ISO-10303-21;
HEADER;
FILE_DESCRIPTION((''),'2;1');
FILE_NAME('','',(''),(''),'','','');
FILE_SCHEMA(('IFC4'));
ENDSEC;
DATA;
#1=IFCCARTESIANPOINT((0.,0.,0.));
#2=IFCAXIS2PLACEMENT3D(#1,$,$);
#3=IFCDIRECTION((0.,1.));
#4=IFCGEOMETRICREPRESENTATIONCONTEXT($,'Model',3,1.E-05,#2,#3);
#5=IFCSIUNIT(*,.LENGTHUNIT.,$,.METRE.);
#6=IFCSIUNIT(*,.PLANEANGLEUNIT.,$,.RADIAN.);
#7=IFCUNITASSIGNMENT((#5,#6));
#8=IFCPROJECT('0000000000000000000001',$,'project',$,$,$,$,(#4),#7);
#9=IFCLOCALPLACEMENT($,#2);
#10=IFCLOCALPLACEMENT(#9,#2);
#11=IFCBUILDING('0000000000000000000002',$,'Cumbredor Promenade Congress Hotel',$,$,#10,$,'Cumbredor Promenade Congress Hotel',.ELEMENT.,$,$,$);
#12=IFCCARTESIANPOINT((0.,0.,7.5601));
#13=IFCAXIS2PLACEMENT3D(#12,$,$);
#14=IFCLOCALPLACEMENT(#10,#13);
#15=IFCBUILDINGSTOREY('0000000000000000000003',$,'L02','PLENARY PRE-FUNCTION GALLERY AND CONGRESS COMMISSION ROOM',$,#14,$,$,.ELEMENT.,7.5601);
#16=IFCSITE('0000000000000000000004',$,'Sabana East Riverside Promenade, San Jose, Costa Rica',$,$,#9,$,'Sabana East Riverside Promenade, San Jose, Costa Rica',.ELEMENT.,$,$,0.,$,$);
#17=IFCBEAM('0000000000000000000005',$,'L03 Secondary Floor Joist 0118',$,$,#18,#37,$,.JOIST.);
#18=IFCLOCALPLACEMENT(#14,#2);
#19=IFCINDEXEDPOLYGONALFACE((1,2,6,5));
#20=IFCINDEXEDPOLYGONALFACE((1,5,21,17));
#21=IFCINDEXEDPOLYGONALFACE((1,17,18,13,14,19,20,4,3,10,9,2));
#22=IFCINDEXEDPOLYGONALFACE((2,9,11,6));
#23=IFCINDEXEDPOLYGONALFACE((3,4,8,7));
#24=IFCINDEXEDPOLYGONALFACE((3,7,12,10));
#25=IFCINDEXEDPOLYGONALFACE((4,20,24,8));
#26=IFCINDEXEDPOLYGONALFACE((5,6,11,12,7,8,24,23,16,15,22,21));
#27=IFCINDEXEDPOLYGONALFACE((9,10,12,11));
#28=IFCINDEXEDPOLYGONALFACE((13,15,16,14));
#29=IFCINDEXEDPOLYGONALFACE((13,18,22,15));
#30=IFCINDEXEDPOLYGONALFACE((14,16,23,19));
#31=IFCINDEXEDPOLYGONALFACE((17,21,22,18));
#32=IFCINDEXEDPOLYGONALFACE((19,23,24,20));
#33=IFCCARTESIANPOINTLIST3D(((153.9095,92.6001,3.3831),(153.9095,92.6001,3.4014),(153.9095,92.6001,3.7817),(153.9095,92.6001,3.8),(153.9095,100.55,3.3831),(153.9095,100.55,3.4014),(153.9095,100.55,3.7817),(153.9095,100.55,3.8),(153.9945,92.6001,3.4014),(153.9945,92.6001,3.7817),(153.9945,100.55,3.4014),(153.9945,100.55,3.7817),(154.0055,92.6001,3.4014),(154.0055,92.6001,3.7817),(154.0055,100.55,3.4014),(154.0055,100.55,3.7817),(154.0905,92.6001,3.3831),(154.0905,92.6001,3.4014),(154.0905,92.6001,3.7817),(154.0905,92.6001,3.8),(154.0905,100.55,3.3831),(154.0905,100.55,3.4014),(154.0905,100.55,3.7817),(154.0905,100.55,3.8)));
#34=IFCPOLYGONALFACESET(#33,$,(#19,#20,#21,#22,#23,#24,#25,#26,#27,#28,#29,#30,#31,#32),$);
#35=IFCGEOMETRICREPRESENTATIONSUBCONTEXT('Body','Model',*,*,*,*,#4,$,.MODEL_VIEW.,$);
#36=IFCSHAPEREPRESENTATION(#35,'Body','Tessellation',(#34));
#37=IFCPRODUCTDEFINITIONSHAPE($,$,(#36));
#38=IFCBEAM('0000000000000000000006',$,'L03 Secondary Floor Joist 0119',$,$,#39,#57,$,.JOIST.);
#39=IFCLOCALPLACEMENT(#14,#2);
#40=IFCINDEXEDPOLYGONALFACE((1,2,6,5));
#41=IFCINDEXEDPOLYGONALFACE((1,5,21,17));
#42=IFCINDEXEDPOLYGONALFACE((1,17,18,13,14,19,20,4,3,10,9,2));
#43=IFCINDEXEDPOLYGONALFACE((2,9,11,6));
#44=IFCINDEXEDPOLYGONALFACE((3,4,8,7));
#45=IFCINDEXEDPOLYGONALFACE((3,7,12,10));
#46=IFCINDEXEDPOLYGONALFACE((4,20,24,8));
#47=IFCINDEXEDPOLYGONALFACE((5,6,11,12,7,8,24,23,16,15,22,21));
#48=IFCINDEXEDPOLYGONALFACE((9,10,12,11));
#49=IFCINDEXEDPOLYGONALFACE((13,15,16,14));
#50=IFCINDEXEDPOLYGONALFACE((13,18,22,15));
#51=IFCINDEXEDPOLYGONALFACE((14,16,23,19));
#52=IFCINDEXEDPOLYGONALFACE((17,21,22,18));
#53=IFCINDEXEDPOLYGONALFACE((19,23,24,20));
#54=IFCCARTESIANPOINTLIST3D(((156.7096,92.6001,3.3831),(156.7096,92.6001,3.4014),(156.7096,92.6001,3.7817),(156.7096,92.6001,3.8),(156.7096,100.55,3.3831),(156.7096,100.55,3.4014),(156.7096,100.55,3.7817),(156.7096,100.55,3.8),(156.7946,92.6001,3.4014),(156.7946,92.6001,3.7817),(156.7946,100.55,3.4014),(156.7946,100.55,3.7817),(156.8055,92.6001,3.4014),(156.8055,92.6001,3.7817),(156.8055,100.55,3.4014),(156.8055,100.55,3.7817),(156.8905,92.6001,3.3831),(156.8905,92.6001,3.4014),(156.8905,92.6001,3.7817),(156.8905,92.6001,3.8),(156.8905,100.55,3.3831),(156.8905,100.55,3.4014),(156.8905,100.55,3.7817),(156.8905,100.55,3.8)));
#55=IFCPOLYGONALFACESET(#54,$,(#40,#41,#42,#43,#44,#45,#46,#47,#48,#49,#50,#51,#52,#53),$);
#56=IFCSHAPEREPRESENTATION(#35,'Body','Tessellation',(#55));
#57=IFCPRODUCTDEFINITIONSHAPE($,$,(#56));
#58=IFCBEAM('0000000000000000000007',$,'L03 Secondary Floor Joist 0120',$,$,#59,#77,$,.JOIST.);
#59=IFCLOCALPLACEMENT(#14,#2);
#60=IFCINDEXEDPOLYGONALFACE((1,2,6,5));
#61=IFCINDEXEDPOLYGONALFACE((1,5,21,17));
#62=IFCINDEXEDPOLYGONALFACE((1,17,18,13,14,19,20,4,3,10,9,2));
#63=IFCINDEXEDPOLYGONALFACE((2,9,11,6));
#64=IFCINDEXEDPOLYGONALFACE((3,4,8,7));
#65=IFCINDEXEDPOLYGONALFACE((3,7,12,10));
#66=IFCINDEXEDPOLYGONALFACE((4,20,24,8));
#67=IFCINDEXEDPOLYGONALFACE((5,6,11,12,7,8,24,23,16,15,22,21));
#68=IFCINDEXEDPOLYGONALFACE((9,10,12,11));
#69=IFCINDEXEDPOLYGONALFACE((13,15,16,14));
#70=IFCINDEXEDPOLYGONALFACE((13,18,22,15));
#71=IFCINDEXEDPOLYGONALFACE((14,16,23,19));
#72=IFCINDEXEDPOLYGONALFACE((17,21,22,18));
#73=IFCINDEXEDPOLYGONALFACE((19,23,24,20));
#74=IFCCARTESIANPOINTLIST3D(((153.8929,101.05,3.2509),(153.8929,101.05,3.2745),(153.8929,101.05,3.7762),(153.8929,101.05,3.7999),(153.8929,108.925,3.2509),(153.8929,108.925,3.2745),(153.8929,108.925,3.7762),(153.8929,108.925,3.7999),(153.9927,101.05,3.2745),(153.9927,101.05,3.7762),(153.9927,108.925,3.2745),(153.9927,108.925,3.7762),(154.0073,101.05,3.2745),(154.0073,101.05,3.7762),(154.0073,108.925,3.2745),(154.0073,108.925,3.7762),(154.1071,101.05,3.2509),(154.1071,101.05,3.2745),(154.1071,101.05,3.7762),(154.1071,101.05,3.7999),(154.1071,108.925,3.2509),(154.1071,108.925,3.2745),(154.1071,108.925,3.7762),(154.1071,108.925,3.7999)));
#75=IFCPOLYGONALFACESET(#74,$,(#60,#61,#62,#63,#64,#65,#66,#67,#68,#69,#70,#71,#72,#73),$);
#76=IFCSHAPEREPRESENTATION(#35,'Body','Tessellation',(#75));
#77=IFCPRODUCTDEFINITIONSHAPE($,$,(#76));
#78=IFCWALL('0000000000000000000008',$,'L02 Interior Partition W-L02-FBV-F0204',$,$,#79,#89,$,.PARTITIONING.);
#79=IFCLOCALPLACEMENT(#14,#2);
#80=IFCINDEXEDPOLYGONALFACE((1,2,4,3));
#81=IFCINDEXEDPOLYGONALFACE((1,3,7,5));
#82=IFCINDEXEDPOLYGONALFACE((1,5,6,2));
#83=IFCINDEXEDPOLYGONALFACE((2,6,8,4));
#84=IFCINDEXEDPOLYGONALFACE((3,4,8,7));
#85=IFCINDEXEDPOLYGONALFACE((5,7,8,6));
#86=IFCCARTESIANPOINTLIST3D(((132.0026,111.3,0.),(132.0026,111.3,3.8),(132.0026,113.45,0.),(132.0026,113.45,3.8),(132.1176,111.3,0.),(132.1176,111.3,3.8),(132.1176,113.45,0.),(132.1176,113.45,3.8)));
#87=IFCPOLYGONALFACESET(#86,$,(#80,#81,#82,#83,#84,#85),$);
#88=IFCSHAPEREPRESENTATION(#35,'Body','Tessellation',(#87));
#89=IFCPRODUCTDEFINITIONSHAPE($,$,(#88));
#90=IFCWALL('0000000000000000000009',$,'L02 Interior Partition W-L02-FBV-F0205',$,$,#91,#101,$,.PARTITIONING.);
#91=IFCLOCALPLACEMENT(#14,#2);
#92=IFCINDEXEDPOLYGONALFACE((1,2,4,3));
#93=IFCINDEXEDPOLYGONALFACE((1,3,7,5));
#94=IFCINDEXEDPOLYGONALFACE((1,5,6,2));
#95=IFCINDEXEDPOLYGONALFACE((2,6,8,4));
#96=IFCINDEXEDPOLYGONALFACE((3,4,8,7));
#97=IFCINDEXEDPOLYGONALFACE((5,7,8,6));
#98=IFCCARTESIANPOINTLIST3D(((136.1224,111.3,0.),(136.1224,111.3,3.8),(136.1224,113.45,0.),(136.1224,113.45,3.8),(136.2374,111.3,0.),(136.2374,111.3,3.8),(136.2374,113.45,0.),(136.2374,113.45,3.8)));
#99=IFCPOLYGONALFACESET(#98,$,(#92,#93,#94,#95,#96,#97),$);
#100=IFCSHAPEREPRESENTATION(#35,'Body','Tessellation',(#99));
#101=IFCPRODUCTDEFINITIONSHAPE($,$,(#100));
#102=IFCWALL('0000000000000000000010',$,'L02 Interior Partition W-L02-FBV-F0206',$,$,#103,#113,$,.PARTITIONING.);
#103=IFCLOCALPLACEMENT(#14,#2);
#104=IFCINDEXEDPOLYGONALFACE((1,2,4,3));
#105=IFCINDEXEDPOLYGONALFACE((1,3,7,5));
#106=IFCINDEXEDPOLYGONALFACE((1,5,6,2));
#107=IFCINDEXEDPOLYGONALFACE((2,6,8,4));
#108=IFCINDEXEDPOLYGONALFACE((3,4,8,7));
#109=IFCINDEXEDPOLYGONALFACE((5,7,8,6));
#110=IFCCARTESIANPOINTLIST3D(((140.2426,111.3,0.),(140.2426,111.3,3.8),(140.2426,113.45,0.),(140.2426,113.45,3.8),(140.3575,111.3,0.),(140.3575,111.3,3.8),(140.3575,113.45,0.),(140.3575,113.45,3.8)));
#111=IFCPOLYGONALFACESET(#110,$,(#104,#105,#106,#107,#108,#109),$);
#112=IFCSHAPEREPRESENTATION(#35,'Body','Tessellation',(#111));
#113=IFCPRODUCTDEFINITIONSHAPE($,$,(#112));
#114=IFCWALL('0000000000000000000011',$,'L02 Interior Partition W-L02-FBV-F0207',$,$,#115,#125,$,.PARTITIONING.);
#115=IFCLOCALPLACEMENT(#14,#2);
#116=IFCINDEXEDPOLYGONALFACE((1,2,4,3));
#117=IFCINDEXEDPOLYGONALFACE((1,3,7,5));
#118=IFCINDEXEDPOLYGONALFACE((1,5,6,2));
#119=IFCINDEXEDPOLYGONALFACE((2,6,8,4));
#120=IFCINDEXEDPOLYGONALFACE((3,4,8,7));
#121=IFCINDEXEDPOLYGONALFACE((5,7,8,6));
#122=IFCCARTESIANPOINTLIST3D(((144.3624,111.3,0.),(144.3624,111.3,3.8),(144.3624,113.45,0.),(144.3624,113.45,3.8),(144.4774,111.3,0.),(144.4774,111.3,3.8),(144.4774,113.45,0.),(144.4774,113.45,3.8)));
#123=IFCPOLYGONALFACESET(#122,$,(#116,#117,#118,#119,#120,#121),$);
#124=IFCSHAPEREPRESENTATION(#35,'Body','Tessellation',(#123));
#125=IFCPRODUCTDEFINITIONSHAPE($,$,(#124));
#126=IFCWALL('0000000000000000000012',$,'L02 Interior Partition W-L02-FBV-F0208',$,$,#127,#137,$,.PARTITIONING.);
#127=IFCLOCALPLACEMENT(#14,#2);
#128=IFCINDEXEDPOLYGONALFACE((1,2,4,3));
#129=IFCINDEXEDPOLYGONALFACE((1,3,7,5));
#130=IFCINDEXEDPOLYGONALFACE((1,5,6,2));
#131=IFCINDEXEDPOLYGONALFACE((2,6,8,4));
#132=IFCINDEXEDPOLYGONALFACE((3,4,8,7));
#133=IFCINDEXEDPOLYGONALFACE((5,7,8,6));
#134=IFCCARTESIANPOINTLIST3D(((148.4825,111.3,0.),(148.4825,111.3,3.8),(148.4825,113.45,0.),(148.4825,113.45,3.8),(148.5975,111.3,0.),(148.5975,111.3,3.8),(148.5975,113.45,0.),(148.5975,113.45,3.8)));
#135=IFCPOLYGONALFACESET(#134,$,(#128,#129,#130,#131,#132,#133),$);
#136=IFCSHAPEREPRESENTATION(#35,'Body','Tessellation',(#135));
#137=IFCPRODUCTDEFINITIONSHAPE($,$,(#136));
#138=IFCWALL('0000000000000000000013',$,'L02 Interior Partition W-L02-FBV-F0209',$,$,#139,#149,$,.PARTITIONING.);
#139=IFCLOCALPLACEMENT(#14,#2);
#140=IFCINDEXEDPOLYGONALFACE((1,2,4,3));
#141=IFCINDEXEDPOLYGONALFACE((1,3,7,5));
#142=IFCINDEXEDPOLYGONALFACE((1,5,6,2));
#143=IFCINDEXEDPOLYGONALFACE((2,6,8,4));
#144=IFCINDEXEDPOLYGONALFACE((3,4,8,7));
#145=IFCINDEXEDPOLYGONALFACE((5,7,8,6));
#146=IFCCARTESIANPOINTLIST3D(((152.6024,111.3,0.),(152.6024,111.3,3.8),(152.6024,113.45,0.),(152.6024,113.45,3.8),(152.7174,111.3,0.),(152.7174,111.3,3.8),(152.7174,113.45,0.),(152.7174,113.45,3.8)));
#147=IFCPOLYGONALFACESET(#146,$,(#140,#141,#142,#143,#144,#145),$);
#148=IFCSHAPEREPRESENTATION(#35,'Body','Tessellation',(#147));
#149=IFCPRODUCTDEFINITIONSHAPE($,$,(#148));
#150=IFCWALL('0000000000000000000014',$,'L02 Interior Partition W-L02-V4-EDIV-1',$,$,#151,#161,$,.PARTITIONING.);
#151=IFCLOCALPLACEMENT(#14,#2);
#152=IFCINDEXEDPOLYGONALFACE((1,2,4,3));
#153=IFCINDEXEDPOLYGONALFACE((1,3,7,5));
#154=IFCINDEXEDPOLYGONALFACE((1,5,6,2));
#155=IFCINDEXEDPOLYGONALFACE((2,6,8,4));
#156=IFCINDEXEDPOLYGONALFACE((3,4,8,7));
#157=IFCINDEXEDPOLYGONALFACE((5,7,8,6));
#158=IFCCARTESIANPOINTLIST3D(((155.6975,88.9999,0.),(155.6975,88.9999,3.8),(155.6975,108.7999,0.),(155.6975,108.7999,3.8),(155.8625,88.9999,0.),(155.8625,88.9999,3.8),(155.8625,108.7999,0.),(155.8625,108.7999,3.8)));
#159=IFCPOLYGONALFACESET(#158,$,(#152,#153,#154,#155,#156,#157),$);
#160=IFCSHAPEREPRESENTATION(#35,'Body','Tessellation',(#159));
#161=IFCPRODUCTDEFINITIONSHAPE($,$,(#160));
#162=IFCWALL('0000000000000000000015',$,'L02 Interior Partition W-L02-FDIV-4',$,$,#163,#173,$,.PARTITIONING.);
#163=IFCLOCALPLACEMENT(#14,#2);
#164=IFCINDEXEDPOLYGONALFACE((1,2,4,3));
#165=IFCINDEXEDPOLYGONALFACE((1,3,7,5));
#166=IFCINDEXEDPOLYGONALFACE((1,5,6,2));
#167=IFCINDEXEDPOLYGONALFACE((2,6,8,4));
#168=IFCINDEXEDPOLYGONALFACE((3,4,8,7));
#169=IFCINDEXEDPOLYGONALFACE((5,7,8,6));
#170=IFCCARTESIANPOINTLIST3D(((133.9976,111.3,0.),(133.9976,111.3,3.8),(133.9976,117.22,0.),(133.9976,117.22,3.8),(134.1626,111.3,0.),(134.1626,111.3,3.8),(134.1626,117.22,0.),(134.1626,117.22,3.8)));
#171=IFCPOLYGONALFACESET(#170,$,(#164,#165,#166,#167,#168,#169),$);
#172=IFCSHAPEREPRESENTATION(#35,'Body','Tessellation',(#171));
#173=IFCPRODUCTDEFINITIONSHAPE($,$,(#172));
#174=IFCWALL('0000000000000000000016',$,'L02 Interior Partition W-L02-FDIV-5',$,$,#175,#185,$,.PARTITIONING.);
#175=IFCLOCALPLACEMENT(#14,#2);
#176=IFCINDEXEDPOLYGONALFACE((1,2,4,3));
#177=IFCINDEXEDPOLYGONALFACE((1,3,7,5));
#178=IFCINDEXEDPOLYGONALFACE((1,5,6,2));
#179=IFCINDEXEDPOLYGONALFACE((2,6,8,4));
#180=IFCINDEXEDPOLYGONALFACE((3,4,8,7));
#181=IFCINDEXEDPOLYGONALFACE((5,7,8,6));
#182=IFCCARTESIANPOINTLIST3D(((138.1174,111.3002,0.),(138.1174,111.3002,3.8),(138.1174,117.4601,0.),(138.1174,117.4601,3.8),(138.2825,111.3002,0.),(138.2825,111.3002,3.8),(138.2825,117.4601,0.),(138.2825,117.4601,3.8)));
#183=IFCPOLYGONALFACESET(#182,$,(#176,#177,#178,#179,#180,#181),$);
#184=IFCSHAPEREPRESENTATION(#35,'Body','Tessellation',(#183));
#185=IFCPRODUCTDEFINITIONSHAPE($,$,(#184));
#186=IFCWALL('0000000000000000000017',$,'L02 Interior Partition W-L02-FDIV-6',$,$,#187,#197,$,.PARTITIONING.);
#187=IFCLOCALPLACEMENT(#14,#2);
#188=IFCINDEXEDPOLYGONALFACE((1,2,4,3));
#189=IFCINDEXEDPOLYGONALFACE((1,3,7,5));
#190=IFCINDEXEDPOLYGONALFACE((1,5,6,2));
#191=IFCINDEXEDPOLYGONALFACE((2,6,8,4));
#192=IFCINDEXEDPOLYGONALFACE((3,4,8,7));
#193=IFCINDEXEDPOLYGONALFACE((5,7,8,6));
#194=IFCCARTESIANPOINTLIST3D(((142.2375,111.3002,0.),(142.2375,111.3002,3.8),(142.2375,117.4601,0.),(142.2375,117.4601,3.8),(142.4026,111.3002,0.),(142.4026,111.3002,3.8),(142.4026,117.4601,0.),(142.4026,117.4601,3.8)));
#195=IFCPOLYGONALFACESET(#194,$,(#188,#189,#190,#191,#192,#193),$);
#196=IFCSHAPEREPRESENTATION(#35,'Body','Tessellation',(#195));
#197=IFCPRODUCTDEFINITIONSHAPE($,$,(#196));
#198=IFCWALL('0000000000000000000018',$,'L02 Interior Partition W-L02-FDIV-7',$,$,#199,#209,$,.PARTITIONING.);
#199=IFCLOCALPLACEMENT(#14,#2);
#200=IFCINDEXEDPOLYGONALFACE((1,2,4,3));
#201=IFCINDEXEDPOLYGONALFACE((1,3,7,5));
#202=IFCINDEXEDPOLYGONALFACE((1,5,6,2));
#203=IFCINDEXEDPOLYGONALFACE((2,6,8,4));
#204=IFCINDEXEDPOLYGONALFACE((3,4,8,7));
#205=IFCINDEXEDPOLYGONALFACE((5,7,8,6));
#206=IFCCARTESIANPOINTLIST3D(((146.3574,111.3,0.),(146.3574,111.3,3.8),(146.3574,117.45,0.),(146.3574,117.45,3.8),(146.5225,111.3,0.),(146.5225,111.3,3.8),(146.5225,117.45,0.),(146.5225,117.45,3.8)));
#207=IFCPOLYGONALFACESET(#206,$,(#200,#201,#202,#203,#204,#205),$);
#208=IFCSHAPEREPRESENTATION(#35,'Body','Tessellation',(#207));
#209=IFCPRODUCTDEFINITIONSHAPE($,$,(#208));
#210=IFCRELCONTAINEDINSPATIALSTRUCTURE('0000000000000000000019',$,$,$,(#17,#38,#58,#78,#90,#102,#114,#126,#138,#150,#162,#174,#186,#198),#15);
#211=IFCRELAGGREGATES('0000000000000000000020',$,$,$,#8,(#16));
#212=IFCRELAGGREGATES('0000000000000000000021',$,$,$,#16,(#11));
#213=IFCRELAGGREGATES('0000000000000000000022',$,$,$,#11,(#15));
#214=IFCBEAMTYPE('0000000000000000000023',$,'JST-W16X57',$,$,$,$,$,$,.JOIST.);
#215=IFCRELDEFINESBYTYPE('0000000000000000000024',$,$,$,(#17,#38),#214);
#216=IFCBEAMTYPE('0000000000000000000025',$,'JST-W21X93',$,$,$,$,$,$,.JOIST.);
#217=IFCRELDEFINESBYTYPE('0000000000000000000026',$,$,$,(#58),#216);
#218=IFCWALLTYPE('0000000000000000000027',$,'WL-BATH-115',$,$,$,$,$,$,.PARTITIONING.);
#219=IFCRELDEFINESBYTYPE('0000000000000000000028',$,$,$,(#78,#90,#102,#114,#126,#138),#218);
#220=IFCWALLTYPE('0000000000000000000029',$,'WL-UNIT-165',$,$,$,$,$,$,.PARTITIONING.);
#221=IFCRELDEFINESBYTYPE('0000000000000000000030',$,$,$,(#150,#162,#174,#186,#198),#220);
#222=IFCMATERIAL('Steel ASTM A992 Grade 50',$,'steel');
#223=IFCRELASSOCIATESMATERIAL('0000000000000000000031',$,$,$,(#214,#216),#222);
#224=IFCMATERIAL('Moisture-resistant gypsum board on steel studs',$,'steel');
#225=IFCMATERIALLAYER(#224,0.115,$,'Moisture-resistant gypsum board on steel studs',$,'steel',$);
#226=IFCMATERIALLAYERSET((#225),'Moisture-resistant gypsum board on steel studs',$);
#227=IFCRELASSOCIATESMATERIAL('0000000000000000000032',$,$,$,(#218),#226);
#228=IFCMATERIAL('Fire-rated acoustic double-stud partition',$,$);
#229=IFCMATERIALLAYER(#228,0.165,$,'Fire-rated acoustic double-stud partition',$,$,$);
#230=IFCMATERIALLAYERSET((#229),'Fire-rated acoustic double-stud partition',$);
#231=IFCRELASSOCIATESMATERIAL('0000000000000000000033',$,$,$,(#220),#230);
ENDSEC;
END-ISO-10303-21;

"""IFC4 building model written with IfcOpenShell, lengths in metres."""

from ifc_helpers import new_model, si_unit, direction, frame, frame_2d, origin, origin_2d, place, context, subcontext, project, spatial, rectangle, i_section, extrude, material, layer, layer_set, material_profile, profile_set, type_object, element, save


model = new_model("IFC4")

# Units and contexts
model_context = context("Model", 3, precision=1e-05, world=origin(), true_north=direction((0.0, 1.0)))
body_context = subcontext(model_context, "Body", "Model", "MODEL_VIEW")
ifc_project = project(units=[si_unit("LENGTHUNIT", "METRE"), si_unit("PLANEANGLEUNIT", "RADIAN")], contexts=[model_context])

# Site, building, storey
site_placement = place(None, origin())
site = spatial("IfcSite", under=ifc_project, at=site_placement, Name="Sabana East Riverside Promenade, San Jose, Costa Rica", LongName="Sabana East Riverside Promenade, San Jose, Costa Rica", CompositionType="ELEMENT", RefElevation=0.0)
building_placement = place(site_placement, origin())
building = spatial("IfcBuilding", under=site, at=building_placement, Name="Cumbredor Promenade Congress Hotel", LongName="Cumbredor Promenade Congress Hotel", CompositionType="ELEMENT")
storey_placement = place(building_placement, frame((0.0, 0.0, 7.5601)))
storey = spatial("IfcBuildingStorey", under=building, at=storey_placement, Name="L02", Description="PLENARY PRE-FUNCTION GALLERY AND CONGRESS COMMISSION ROOM", CompositionType="ELEMENT", Elevation=7.5601)

# Beams
ifc_material_1 = material(Name="Steel ASTM A992 Grade 50", Category="steel")
ifc_material_profile_1 = material_profile(ifc_material_1, i_section(OverallWidth=0.1809, OverallDepth=0.417, WebThickness=0.011, FlangeThickness=0.0183, at=origin_2d()), Name="W16X57")
ifc_profile_set_1 = profile_set([ifc_material_profile_1], Name="Steel ASTM A992 Grade 50")
beam_type_1 = type_object("IfcBeamType", Name="JST-W16X57", PredefinedType="JOIST", material=ifc_profile_set_1)
for number, where, z_axis, x_axis, name in (
    (1, (154.0, 92.6001, 3.5916), (0.0, 1.0, 0.0), (-1.0, 0.0, 0.0), "L03 Secondary Floor Joist 0118"),
    (2, (156.8, 92.6001, 3.5916), (0.0, 1.0, 0.0), (-1.0, 0.0, 0.0), "L03 Secondary Floor Joist 0119"),
):
    element("IfcBeam", number, at=place(storey_placement, frame(where, z_axis=z_axis, x_axis=x_axis)), inside=storey, type_object=beam_type_1, Name=name, PredefinedType="JOIST", context=body_context, shape_type="SweptSolid", body=[
        extrude(i_section(OverallWidth=0.1809, OverallDepth=0.417, WebThickness=0.011, FlangeThickness=0.0183, at=origin_2d()), origin(), (0.0, 0.0, 1.0), 7.95),
    ])
ifc_material_profile_2 = material_profile(ifc_material_1, i_section(OverallWidth=0.2141, OverallDepth=0.5491, WebThickness=0.0146, FlangeThickness=0.0237, at=origin_2d()), Name="W21X93")
ifc_profile_set_2 = profile_set([ifc_material_profile_2], Name="Steel ASTM A992 Grade 50")
beam_type_2 = type_object("IfcBeamType", Name="JST-W21X93", PredefinedType="JOIST", material=ifc_profile_set_2)
beam_1_placement = place(storey_placement, frame((154.0, 101.05, 3.5254), z_axis=(0.0, 1.0, 0.0), x_axis=(-1.0, 0.0, 0.0)))
element("IfcBeam", 3, at=beam_1_placement, inside=storey, type_object=beam_type_2, Name="L03 Secondary Floor Joist 0120", PredefinedType="JOIST", context=body_context, shape_type="SweptSolid", body=[
    extrude(i_section(OverallWidth=0.2141, OverallDepth=0.5491, WebThickness=0.0146, FlangeThickness=0.0237, at=origin_2d()), origin(), (0.0, 0.0, 1.0), 7.875),
])

# Walls
ifc_material_2 = material(Name="Moisture-resistant gypsum board on steel studs", Category="steel")
ifc_layer_1 = layer(ifc_material_2, 0.115, Name="Moisture-resistant gypsum board on steel studs", Category="steel")
ifc_layer_set_1 = layer_set([ifc_layer_1], Name="Moisture-resistant gypsum board on steel studs")
wall_type_1 = type_object("IfcWallType", Name="WL-BATH-115", PredefinedType="PARTITIONING", material=ifc_layer_set_1)
for number, where, z_axis, x_axis, name in (
    (4, (132.0601, 111.3, 0.0), (0.0, 0.0, 1.0), (0.0, 1.0, 0.0), "L02 Interior Partition W-L02-FBV-F0204"),
    (5, (136.1799, 111.3, 0.0), (0.0, 0.0, 1.0), (0.0, 1.0, 0.0), "L02 Interior Partition W-L02-FBV-F0205"),
    (6, (140.3, 111.3, 0.0), (0.0, 0.0, 1.0), (0.0, 1.0, 0.0), "L02 Interior Partition W-L02-FBV-F0206"),
    (7, (144.4199, 111.3, 0.0), (0.0, 0.0, 1.0), (0.0, 1.0, 0.0), "L02 Interior Partition W-L02-FBV-F0207"),
    (8, (148.54, 111.3, 0.0), (0.0, 0.0, 1.0), (0.0, 1.0, 0.0), "L02 Interior Partition W-L02-FBV-F0208"),
    (9, (152.6599, 111.3, 0.0), (0.0, 0.0, 1.0), (0.0, 1.0, 0.0), "L02 Interior Partition W-L02-FBV-F0209"),
):
    element("IfcWall", number, at=place(storey_placement, frame(where, z_axis=z_axis, x_axis=x_axis)), inside=storey, type_object=wall_type_1, Name=name, PredefinedType="PARTITIONING", context=body_context, shape_type="SweptSolid", body=[
        extrude(rectangle(XDim=2.1499, YDim=0.115, at=frame_2d((1.075, 0.0))), origin(), (0.0, 0.0, 1.0), 3.8),
    ])
ifc_material_3 = material(Name="Fire-rated acoustic double-stud partition")
ifc_layer_2 = layer(ifc_material_3, 0.165, Name="Fire-rated acoustic double-stud partition")
ifc_layer_set_2 = layer_set([ifc_layer_2], Name="Fire-rated acoustic double-stud partition")
wall_type_2 = type_object("IfcWallType", Name="WL-UNIT-165", PredefinedType="PARTITIONING", material=ifc_layer_set_2)
wall_1_placement = place(storey_placement, frame((155.78, 89.0, 0.0), z_axis=(0.0, 0.0, 1.0), x_axis=(0.0, 1.0, 0.0)))
element("IfcWall", 10, at=wall_1_placement, inside=storey, type_object=wall_type_2, Name="L02 Interior Partition W-L02-V4-EDIV-1", PredefinedType="PARTITIONING", context=body_context, shape_type="SweptSolid", body=[
    extrude(rectangle(XDim=19.8, YDim=0.165, at=frame_2d((9.8999, 0.0))), origin(), (0.0, 0.0, 1.0), 3.8),
])
wall_2_placement = place(storey_placement, frame((134.0801, 111.3, 0.0), z_axis=(0.0, 0.0, 1.0), x_axis=(0.0, 1.0, 0.0)))
element("IfcWall", 11, at=wall_2_placement, inside=storey, type_object=wall_type_2, Name="L02 Interior Partition W-L02-FDIV-4", PredefinedType="PARTITIONING", context=body_context, shape_type="SweptSolid", body=[
    extrude(rectangle(XDim=5.9199, YDim=0.165, at=frame_2d((2.96, 0.0))), origin(), (0.0, 0.0, 1.0), 3.8),
])
for number, where, z_axis, x_axis, name in (
    (12, (138.2, 111.3, 0.0), (0.0, 0.0, 1.0), (0.0, 1.0, 0.0), "L02 Interior Partition W-L02-FDIV-5"),
    (13, (142.3201, 111.3, 0.0), (0.0, 0.0, 1.0), (0.0, 1.0, 0.0), "L02 Interior Partition W-L02-FDIV-6"),
):
    element("IfcWall", number, at=place(storey_placement, frame(where, z_axis=z_axis, x_axis=x_axis)), inside=storey, type_object=wall_type_2, Name=name, PredefinedType="PARTITIONING", context=body_context, shape_type="SweptSolid", body=[
        extrude(rectangle(XDim=6.1599, YDim=0.165, at=frame_2d((3.0801, 0.0))), origin(), (0.0, 0.0, 1.0), 3.8),
    ])
for number, where, z_axis, x_axis, name in (
    (14, (146.4399, 111.3, 0.0), (0.0, 0.0, 1.0), (0.0, 1.0, 0.0), "L02 Interior Partition W-L02-FDIV-7"),
):
    element("IfcWall", number, at=place(storey_placement, frame(where, z_axis=z_axis, x_axis=x_axis)), inside=storey, type_object=wall_type_2, Name=name, PredefinedType="PARTITIONING", context=body_context, shape_type="SweptSolid", body=[
        extrude(rectangle(XDim=6.1499, YDim=0.165, at=frame_2d((3.075, 0.0))), origin(), (0.0, 0.0, 1.0), 3.8),
    ])

save(model, "model.ifc")
